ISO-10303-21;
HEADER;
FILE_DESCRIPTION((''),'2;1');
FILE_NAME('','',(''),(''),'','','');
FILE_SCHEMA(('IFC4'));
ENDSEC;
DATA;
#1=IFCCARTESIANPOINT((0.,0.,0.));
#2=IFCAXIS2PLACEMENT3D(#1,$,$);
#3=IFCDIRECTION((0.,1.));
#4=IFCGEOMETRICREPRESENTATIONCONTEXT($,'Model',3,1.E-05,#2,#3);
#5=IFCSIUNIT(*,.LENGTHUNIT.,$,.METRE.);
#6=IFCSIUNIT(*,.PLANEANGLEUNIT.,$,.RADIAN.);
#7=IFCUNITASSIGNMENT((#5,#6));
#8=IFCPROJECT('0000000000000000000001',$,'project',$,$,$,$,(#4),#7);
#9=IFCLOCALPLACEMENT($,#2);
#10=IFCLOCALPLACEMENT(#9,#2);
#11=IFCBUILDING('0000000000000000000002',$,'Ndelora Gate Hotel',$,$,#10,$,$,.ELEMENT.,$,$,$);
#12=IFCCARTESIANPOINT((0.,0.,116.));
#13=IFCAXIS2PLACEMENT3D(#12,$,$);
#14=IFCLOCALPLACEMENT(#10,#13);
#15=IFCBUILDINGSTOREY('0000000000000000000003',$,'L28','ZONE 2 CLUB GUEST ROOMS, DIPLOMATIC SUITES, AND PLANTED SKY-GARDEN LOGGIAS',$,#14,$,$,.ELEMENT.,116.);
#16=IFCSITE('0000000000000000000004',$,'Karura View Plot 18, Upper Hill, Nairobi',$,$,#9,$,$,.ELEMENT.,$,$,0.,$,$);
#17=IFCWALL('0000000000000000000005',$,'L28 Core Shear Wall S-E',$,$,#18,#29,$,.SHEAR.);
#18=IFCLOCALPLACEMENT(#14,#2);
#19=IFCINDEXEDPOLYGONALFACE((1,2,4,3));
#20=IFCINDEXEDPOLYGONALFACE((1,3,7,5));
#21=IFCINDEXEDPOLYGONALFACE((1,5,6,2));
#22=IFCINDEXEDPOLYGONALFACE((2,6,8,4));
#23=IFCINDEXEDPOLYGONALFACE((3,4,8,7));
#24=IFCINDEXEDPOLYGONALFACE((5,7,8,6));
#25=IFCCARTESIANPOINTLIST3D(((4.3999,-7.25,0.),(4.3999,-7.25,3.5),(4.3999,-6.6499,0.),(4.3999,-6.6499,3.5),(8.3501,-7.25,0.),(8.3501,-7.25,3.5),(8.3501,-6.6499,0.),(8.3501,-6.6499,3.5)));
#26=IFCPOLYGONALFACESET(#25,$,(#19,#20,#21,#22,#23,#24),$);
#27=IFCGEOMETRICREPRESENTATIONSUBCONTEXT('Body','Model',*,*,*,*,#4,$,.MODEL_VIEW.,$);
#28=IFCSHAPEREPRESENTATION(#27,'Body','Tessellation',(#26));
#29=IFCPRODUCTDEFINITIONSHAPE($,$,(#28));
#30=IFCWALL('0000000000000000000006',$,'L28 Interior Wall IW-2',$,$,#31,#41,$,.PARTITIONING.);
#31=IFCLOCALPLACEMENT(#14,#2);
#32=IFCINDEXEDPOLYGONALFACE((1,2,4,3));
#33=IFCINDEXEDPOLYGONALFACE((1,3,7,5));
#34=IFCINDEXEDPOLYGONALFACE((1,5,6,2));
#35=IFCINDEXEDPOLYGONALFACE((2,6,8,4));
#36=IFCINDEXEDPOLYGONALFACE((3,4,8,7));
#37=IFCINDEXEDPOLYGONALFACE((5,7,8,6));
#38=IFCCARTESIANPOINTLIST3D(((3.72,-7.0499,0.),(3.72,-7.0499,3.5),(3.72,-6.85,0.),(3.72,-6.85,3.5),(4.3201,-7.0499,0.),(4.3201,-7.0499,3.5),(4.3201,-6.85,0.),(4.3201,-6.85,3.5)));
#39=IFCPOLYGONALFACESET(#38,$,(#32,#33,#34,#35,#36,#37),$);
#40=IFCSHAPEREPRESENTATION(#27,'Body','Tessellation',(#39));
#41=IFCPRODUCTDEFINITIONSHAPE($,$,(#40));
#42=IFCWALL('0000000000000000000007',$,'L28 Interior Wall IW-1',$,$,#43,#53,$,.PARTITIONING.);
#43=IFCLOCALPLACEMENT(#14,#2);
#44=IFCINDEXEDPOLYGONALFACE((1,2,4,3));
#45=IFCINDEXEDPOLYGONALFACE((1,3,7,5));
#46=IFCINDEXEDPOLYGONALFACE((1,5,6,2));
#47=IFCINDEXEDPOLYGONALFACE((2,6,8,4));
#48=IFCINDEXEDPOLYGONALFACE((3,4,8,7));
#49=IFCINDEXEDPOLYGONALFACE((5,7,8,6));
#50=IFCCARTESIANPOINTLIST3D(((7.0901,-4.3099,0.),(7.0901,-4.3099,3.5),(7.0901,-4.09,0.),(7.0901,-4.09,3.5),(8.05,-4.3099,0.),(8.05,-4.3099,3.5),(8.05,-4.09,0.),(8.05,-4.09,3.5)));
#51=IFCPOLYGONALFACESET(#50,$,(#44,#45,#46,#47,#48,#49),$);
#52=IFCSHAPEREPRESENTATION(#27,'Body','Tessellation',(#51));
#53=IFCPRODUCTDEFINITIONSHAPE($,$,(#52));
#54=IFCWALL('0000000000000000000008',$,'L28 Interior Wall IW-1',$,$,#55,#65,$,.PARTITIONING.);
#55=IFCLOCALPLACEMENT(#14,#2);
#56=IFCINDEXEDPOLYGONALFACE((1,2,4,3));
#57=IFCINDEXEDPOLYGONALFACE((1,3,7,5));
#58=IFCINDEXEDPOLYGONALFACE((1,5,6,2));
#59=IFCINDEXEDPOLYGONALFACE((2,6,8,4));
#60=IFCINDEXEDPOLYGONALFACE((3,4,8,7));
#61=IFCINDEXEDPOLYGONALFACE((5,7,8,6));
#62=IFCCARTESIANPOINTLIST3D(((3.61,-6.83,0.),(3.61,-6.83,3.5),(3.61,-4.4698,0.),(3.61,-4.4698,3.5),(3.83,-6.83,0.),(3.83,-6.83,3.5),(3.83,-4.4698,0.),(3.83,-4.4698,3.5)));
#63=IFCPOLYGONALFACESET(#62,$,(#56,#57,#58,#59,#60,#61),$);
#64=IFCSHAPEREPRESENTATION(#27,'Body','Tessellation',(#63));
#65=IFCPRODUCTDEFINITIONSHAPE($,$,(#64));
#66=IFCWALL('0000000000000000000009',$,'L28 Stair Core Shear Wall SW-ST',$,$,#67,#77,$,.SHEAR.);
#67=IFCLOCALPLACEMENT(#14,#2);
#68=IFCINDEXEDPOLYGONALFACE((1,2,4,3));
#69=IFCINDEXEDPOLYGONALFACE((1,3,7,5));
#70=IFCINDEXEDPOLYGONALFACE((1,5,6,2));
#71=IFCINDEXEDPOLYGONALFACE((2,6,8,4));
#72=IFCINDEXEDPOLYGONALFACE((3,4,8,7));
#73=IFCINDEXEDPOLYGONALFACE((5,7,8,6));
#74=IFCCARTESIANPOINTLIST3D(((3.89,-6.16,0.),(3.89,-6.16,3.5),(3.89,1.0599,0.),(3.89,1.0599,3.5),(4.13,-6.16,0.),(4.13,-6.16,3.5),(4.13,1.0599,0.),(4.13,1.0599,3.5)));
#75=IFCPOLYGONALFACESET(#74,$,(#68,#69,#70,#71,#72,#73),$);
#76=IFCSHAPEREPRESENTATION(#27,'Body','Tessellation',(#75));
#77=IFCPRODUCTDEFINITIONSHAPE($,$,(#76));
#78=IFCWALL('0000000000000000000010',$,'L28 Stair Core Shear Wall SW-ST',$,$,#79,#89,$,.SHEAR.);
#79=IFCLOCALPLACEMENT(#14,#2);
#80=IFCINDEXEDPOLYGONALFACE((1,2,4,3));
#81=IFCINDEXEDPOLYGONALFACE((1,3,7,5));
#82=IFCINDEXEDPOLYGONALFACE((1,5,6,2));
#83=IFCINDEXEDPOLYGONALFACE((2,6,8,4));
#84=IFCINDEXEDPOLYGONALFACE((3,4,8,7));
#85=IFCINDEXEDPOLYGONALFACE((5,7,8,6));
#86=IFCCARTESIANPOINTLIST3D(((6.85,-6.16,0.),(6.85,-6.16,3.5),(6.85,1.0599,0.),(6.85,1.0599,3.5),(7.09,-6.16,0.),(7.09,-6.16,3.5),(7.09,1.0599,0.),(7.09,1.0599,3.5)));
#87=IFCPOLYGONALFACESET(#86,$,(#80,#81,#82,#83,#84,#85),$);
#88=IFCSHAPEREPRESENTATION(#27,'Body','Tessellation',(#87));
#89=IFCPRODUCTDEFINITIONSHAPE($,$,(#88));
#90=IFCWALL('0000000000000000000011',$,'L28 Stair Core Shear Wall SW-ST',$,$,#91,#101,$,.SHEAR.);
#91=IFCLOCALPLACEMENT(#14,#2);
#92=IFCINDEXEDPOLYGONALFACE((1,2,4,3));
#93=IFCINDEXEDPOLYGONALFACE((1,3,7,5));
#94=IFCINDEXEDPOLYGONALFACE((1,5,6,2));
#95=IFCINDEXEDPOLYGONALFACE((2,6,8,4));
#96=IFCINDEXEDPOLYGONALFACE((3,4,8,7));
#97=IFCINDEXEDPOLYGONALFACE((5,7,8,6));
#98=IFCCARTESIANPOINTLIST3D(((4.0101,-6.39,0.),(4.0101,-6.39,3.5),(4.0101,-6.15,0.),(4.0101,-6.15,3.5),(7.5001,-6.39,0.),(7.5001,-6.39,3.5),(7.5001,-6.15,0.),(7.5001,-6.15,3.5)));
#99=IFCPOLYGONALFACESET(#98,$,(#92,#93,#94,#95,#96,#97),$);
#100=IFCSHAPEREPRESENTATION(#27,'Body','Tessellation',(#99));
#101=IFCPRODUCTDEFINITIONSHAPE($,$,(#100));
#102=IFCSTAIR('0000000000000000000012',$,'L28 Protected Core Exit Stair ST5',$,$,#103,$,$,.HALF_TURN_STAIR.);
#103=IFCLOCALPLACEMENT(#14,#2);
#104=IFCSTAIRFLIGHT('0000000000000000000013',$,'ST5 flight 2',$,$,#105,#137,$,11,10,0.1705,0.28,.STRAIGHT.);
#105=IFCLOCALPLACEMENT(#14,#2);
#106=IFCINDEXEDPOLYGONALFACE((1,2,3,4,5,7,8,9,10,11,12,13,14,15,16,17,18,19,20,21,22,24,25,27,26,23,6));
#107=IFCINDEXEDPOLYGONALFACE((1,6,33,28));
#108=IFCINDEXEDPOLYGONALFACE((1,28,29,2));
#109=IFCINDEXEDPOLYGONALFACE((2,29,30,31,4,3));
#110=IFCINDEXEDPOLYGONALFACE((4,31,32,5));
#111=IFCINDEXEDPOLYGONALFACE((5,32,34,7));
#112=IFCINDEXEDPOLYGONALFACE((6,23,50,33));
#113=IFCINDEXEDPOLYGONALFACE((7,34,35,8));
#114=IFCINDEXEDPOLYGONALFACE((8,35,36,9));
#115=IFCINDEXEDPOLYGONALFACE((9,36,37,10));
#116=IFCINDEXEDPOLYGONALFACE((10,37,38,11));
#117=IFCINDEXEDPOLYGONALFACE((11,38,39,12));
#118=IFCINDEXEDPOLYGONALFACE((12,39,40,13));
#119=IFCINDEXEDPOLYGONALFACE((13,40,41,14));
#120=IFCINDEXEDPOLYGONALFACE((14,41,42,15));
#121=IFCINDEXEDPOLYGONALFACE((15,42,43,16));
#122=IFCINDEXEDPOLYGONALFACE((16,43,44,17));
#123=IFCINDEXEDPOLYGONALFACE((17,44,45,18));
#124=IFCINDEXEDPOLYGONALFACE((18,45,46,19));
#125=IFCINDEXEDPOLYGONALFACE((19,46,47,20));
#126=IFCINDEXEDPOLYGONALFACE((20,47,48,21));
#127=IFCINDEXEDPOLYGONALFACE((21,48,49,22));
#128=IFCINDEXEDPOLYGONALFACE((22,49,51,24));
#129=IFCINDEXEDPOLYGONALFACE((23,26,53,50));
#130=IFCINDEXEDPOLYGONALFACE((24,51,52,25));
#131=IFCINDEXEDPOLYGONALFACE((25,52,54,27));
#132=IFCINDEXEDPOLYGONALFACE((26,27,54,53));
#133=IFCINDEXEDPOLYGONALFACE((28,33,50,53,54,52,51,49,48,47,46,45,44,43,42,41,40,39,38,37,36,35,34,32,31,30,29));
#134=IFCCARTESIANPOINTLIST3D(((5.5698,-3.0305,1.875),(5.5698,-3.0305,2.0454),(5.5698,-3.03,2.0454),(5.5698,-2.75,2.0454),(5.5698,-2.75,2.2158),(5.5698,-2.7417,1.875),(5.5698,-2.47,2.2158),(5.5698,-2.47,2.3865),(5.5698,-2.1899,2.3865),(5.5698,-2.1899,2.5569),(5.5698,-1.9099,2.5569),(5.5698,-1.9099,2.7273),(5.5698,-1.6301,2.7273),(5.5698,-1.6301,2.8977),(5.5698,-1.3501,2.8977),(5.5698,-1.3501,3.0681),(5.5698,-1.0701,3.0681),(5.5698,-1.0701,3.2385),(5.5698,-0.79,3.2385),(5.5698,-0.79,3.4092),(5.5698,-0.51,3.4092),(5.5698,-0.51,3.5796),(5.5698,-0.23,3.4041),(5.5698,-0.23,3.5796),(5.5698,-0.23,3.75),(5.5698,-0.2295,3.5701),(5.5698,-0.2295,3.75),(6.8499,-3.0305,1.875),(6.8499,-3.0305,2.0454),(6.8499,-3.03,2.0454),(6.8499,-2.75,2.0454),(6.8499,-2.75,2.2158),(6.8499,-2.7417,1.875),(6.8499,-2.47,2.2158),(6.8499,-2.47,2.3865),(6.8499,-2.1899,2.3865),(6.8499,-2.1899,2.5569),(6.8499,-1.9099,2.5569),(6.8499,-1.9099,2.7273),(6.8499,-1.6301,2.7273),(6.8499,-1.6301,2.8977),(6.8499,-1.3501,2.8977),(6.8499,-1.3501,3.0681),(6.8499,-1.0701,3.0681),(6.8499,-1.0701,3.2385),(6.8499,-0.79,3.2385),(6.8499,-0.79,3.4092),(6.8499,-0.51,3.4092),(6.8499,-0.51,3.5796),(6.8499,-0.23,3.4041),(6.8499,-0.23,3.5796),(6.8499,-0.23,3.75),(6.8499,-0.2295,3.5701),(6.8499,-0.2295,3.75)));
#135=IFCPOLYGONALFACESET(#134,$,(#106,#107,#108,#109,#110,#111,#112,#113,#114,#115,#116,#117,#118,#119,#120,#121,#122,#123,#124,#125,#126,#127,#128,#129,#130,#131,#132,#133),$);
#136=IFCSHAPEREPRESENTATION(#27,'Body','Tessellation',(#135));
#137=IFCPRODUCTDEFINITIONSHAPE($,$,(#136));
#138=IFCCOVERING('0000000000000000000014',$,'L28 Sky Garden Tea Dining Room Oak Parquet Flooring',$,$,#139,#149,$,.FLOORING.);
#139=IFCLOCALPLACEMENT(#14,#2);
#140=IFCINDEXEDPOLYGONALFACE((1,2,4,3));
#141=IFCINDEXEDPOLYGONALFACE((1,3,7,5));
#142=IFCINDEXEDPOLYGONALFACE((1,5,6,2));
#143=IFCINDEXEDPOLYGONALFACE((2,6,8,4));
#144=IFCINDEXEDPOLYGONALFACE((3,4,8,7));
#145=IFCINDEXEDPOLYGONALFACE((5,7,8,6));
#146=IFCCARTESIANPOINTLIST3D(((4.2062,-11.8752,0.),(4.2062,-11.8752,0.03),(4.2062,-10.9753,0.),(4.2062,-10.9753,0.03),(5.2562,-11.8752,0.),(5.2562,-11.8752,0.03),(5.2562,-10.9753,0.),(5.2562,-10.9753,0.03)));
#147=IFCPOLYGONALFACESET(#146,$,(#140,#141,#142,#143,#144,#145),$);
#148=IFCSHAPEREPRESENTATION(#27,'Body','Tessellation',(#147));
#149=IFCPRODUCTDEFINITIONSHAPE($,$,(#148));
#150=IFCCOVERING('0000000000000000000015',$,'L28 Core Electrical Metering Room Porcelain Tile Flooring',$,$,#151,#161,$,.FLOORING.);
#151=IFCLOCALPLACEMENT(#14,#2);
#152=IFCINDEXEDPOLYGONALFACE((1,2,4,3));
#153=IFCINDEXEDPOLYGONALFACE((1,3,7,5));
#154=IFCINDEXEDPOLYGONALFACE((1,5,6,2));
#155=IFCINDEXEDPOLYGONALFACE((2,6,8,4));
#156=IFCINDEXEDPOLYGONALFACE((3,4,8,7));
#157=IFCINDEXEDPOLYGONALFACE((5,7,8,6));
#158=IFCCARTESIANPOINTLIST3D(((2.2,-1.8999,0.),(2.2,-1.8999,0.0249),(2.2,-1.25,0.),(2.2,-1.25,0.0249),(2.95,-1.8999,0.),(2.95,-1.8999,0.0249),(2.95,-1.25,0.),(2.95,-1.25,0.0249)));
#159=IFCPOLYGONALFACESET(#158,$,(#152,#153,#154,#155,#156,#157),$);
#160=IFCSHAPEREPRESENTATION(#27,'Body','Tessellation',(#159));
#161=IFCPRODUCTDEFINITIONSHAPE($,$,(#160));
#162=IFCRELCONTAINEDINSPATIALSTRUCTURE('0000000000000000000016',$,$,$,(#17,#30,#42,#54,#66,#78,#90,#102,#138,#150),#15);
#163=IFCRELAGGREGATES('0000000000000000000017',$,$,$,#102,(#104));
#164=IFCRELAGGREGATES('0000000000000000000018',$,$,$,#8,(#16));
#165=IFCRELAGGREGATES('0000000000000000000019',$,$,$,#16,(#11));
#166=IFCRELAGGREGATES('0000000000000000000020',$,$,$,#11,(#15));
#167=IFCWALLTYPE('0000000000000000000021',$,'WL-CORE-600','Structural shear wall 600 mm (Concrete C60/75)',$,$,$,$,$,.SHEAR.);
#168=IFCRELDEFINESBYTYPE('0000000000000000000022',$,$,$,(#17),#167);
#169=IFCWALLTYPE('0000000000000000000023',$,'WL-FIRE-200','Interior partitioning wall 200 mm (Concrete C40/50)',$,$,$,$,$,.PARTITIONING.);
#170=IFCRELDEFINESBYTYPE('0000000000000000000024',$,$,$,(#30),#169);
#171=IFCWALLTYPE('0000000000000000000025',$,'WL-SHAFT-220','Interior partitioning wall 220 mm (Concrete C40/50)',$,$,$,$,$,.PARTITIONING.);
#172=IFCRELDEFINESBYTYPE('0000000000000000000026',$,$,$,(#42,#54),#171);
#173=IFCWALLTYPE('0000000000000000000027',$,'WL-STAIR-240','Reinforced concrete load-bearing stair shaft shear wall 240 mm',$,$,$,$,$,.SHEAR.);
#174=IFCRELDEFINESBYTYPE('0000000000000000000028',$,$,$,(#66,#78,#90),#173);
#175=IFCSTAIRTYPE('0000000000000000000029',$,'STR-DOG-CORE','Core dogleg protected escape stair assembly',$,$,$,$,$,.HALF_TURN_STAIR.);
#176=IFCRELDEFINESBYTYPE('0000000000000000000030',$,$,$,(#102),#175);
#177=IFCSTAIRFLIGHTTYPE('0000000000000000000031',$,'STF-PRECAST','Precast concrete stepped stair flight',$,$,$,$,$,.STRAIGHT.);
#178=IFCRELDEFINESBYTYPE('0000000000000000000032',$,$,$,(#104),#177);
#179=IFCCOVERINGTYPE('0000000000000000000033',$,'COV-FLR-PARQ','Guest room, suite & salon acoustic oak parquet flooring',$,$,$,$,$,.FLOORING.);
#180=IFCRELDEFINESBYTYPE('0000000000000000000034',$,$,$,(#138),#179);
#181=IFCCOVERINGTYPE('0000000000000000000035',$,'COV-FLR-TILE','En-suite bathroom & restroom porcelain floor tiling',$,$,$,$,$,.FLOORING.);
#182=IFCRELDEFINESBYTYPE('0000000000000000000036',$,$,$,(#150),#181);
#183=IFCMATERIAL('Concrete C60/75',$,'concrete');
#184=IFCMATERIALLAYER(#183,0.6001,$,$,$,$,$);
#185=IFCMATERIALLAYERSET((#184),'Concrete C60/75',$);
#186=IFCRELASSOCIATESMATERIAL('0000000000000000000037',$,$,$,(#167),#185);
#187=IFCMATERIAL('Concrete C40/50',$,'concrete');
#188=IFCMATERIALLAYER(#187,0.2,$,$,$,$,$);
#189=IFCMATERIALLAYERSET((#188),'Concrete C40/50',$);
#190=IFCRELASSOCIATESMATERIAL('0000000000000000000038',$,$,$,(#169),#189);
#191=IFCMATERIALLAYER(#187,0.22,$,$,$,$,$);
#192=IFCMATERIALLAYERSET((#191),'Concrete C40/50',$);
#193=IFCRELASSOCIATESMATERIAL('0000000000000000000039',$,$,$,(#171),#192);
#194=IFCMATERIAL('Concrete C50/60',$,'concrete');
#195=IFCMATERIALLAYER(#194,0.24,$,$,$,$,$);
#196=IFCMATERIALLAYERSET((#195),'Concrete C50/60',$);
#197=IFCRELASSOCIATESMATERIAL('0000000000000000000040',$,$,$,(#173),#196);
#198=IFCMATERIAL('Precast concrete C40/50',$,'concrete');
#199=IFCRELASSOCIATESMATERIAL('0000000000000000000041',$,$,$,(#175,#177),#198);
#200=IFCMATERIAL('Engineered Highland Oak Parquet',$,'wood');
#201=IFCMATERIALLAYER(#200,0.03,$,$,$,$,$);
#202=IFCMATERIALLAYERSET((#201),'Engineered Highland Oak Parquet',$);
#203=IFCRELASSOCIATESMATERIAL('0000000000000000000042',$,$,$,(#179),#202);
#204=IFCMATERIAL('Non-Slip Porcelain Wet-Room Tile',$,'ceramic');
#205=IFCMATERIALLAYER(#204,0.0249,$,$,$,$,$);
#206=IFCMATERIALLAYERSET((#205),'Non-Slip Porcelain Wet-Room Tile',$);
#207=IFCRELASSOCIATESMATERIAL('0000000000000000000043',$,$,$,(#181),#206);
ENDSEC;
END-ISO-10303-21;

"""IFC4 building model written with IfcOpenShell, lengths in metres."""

from ifc_helpers import new_model, si_unit, direction, frame, frame_2d, origin, origin_2d, place, context, subcontext, project, spatial, polyline, rectangle, outline, extrude, material, layer, layer_set, type_object, element, aggregate, save


model = new_model("IFC4")

# Units and contexts
model_context = context("Model", 3, precision=1e-05, world=origin(), true_north=direction((0.0, 1.0)))
body_context = subcontext(model_context, "Body", "Model", "MODEL_VIEW")
ifc_project = project(units=[si_unit("LENGTHUNIT", "METRE"), si_unit("PLANEANGLEUNIT", "RADIAN")], contexts=[model_context])

# Site, building, storey
site_placement = place(None, origin())
site = spatial("IfcSite", under=ifc_project, at=site_placement, Name="Karura View Plot 18, Upper Hill, Nairobi", CompositionType="ELEMENT", RefElevation=0.0)
building_placement = place(site_placement, origin())
building = spatial("IfcBuilding", under=site, at=building_placement, Name="Ndelora Gate Hotel", CompositionType="ELEMENT")
storey_placement = place(building_placement, frame((0.0, 0.0, 116.0)))
storey = spatial("IfcBuildingStorey", under=building, at=storey_placement, Name="L28", Description="ZONE 2 CLUB GUEST ROOMS, DIPLOMATIC SUITES, AND PLANTED SKY-GARDEN LOGGIAS", CompositionType="ELEMENT", Elevation=116.0)

# Shared definitions
ifc_material_1 = material(Name="Concrete C60/75", Category="concrete")

# Walls
ifc_layer_1 = layer(ifc_material_1, 0.6001)
ifc_layer_set_1 = layer_set([ifc_layer_1], Name="Concrete C60/75")
wall_type_1 = type_object("IfcWallType", Name="WL-CORE-600", Description="Structural shear wall 600 mm (Concrete C60/75)", PredefinedType="SHEAR", material=ifc_layer_set_1)
wall_1_placement = place(storey_placement, frame((4.3999, -6.95, 0.0), z_axis=(0.0, 0.0, 1.0), x_axis=(1.0, 0.0, 0.0)))
element("IfcWall", 1, at=wall_1_placement, inside=storey, type_object=wall_type_1, Name="L28 Core Shear Wall S-E", PredefinedType="SHEAR", context=body_context, shape_type="SweptSolid", body=[
    extrude(rectangle(XDim=3.9502, YDim=0.6001, at=frame_2d((1.9751, 0.0))), origin(), (0.0, 0.0, 1.0), 3.5),
])
ifc_material_2 = material(Name="Concrete C40/50", Category="concrete")
ifc_layer_2 = layer(ifc_material_2, 0.2)
ifc_layer_set_2 = layer_set([ifc_layer_2], Name="Concrete C40/50")
wall_type_2 = type_object("IfcWallType", Name="WL-FIRE-200", Description="Interior partitioning wall 200 mm (Concrete C40/50)", PredefinedType="PARTITIONING", material=ifc_layer_set_2)
wall_2_placement = place(storey_placement, frame((3.72, -6.95, 0.0), z_axis=(0.0, 0.0, 1.0), x_axis=(1.0, 0.0, 0.0)))
element("IfcWall", 2, at=wall_2_placement, inside=storey, type_object=wall_type_2, Name="L28 Interior Wall IW-2", PredefinedType="PARTITIONING", context=body_context, shape_type="SweptSolid", body=[
    extrude(rectangle(XDim=0.6001, YDim=0.2, at=frame_2d((0.3, 0.0))), origin(), (0.0, 0.0, 1.0), 3.5),
])
ifc_layer_3 = layer(ifc_material_2, 0.22)
ifc_layer_set_3 = layer_set([ifc_layer_3], Name="Concrete C40/50")
wall_type_3 = type_object("IfcWallType", Name="WL-SHAFT-220", Description="Interior partitioning wall 220 mm (Concrete C40/50)", PredefinedType="PARTITIONING", material=ifc_layer_set_3)
wall_3_placement = place(storey_placement, frame((7.0901, -4.2, 0.0), z_axis=(0.0, 0.0, 1.0), x_axis=(1.0, 0.0, 0.0)))
element("IfcWall", 3, at=wall_3_placement, inside=storey, type_object=wall_type_3, Name="L28 Interior Wall IW-1", PredefinedType="PARTITIONING", context=body_context, shape_type="SweptSolid", body=[
    extrude(rectangle(XDim=0.96, YDim=0.22, at=frame_2d((0.48, 0.0))), origin(), (0.0, 0.0, 1.0), 3.5),
])
wall_4_placement = place(storey_placement, frame((3.72, -6.8301, 0.0), z_axis=(0.0, 0.0, 1.0), x_axis=(0.0, 1.0, 0.0)))
element("IfcWall", 4, at=wall_4_placement, inside=storey, type_object=wall_type_3, Name="L28 Interior Wall IW-1", PredefinedType="PARTITIONING", context=body_context, shape_type="SweptSolid", body=[
    extrude(rectangle(XDim=2.3601, YDim=0.22, at=frame_2d((1.1802, 0.0))), origin(), (0.0, 0.0, 1.0), 3.5),
])
ifc_material_3 = material(Name="Concrete C50/60", Category="concrete")
ifc_layer_4 = layer(ifc_material_3, 0.24)
ifc_layer_set_4 = layer_set([ifc_layer_4], Name="Concrete C50/60")
wall_type_4 = type_object("IfcWallType", Name="WL-STAIR-240", Description="Reinforced concrete load-bearing stair shaft shear wall 240 mm", PredefinedType="SHEAR", material=ifc_layer_set_4)
for number, where, z_axis, x_axis, name in (
    (5, (4.01, -6.1599, 0.0), (0.0, 0.0, 1.0), (0.0, 1.0, 0.0), "L28 Stair Core Shear Wall SW-ST"),
    (6, (6.97, -6.1599, 0.0), (0.0, 0.0, 1.0), (0.0, 1.0, 0.0), "L28 Stair Core Shear Wall SW-ST"),
):
    element("IfcWall", number, at=place(storey_placement, frame(where, z_axis=z_axis, x_axis=x_axis)), inside=storey, type_object=wall_type_4, Name=name, PredefinedType="SHEAR", context=body_context, shape_type="SweptSolid", body=[
        extrude(rectangle(XDim=7.22, YDim=0.24, at=frame_2d((3.6099, 0.0))), origin(), (0.0, 0.0, 1.0), 3.5),
    ])
wall_5_placement = place(storey_placement, frame((4.01, -6.27, 0.0), z_axis=(0.0, 0.0, 1.0), x_axis=(1.0, 0.0, 0.0)))
element("IfcWall", 7, at=wall_5_placement, inside=storey, type_object=wall_type_4, Name="L28 Stair Core Shear Wall SW-ST", PredefinedType="SHEAR", context=body_context, shape_type="SweptSolid", body=[
    extrude(rectangle(XDim=3.49, YDim=0.24, at=frame_2d((1.7451, 0.0))), origin(), (0.0, 0.0, 1.0), 3.5),
])

# Stair, stair flight
ifc_material_4 = material(Name="Precast concrete C40/50", Category="concrete")
stair_type = type_object("IfcStairType", Name="STR-DOG-CORE", Description="Core dogleg protected escape stair assembly", PredefinedType="HALF_TURN_STAIR", material=ifc_material_4)
stair_placement = place(storey_placement, origin())
stair = element("IfcStair", 8, at=stair_placement, inside=storey, type_object=stair_type, Name="L28 Protected Core Exit Stair ST5", PredefinedType="HALF_TURN_STAIR")
stair_flight_type = type_object("IfcStairFlightType", Name="STF-PRECAST", Description="Precast concrete stepped stair flight", PredefinedType="STRAIGHT", material=ifc_material_4)
stair_flight_placement = place(storey_placement, frame((6.21, -3.03, 1.875), z_axis=(0.0, 0.0, 1.0), x_axis=(0.0, 1.0, 0.0)))
stair_flight = element("IfcStairFlight", 9, at=stair_flight_placement, type_object=stair_flight_type, Name="ST5 flight 2", NumberOfRisers=11, NumberOfTreads=10, PredefinedType="STRAIGHT", RiserHeight=0.1705, TreadLength=0.28, context=body_context, shape_type="SweptSolid", body=[
    extrude(outline(polyline([(-0.0005, 0.0), (-0.0005, 0.1704), (0.0, 0.1704), (0.28, 0.1704), (0.28, 0.3408), (0.5601, 0.3408), (0.5601, 0.5115), (0.8401, 0.5115), (0.8401, 0.6819), (1.1201, 0.6819), (1.1201, 0.8523), (1.3999, 0.8523), (1.3999, 1.0227), (1.6799, 1.0227), (1.6799, 1.1931), (1.96, 1.1931), (1.96, 1.3635), (2.24, 1.3635), (2.24, 1.5342), (2.52, 1.5342), (2.52, 1.7046), (2.8, 1.7046), (2.8, 1.875), (2.8005, 1.875), (2.8005, 1.6951), (2.8, 1.5291), (0.2883, 0.0), (-0.0005, 0.0)])), frame((0.0, 0.6401, 0.0), z_axis=(0.0, -1.0, 0.0), x_axis=(1.0, 0.0, 0.0)), (0.0, 0.0, 1.0), 1.28),
])
aggregate(stair, [stair_flight])

# Coverings
ifc_material_5 = material(Name="Engineered Highland Oak Parquet", Category="wood")
ifc_layer_5 = layer(ifc_material_5, 0.03)
ifc_layer_set_5 = layer_set([ifc_layer_5], Name="Engineered Highland Oak Parquet")
covering_type_1 = type_object("IfcCoveringType", Name="COV-FLR-PARQ", Description="Guest room, suite & salon acoustic oak parquet flooring", PredefinedType="FLOORING", material=ifc_layer_set_5)
covering_1_placement = place(storey_placement, frame((4.7312, -11.4253, 0.0), z_axis=(0.0, 0.0, 1.0), x_axis=(1.0, 0.0, 0.0)))
element("IfcCovering", 10, at=covering_1_placement, inside=storey, type_object=covering_type_1, Name="L28 Sky Garden Tea Dining Room Oak Parquet Flooring", PredefinedType="FLOORING", context=body_context, shape_type="SweptSolid", body=[
    extrude(rectangle(XDim=1.05, YDim=0.8999, at=origin_2d()), origin(), (0.0, 0.0, 1.0), 0.03),
])
ifc_material_6 = material(Name="Non-Slip Porcelain Wet-Room Tile", Category="ceramic")
ifc_layer_6 = layer(ifc_material_6, 0.0249)
ifc_layer_set_6 = layer_set([ifc_layer_6], Name="Non-Slip Porcelain Wet-Room Tile")
covering_type_2 = type_object("IfcCoveringType", Name="COV-FLR-TILE", Description="En-suite bathroom & restroom porcelain floor tiling", PredefinedType="FLOORING", material=ifc_layer_set_6)
covering_2_placement = place(storey_placement, frame((2.575, -1.575, 0.0), z_axis=(0.0, 0.0, 1.0), x_axis=(1.0, 0.0, 0.0)))
element("IfcCovering", 11, at=covering_2_placement, inside=storey, type_object=covering_type_2, Name="L28 Core Electrical Metering Room Porcelain Tile Flooring", PredefinedType="FLOORING", context=body_context, shape_type="SweptSolid", body=[
    extrude(rectangle(XDim=0.75, YDim=0.6499, at=origin_2d()), origin(), (0.0, 0.0, 1.0), 0.0249),
])

save(model, "model.ifc")
